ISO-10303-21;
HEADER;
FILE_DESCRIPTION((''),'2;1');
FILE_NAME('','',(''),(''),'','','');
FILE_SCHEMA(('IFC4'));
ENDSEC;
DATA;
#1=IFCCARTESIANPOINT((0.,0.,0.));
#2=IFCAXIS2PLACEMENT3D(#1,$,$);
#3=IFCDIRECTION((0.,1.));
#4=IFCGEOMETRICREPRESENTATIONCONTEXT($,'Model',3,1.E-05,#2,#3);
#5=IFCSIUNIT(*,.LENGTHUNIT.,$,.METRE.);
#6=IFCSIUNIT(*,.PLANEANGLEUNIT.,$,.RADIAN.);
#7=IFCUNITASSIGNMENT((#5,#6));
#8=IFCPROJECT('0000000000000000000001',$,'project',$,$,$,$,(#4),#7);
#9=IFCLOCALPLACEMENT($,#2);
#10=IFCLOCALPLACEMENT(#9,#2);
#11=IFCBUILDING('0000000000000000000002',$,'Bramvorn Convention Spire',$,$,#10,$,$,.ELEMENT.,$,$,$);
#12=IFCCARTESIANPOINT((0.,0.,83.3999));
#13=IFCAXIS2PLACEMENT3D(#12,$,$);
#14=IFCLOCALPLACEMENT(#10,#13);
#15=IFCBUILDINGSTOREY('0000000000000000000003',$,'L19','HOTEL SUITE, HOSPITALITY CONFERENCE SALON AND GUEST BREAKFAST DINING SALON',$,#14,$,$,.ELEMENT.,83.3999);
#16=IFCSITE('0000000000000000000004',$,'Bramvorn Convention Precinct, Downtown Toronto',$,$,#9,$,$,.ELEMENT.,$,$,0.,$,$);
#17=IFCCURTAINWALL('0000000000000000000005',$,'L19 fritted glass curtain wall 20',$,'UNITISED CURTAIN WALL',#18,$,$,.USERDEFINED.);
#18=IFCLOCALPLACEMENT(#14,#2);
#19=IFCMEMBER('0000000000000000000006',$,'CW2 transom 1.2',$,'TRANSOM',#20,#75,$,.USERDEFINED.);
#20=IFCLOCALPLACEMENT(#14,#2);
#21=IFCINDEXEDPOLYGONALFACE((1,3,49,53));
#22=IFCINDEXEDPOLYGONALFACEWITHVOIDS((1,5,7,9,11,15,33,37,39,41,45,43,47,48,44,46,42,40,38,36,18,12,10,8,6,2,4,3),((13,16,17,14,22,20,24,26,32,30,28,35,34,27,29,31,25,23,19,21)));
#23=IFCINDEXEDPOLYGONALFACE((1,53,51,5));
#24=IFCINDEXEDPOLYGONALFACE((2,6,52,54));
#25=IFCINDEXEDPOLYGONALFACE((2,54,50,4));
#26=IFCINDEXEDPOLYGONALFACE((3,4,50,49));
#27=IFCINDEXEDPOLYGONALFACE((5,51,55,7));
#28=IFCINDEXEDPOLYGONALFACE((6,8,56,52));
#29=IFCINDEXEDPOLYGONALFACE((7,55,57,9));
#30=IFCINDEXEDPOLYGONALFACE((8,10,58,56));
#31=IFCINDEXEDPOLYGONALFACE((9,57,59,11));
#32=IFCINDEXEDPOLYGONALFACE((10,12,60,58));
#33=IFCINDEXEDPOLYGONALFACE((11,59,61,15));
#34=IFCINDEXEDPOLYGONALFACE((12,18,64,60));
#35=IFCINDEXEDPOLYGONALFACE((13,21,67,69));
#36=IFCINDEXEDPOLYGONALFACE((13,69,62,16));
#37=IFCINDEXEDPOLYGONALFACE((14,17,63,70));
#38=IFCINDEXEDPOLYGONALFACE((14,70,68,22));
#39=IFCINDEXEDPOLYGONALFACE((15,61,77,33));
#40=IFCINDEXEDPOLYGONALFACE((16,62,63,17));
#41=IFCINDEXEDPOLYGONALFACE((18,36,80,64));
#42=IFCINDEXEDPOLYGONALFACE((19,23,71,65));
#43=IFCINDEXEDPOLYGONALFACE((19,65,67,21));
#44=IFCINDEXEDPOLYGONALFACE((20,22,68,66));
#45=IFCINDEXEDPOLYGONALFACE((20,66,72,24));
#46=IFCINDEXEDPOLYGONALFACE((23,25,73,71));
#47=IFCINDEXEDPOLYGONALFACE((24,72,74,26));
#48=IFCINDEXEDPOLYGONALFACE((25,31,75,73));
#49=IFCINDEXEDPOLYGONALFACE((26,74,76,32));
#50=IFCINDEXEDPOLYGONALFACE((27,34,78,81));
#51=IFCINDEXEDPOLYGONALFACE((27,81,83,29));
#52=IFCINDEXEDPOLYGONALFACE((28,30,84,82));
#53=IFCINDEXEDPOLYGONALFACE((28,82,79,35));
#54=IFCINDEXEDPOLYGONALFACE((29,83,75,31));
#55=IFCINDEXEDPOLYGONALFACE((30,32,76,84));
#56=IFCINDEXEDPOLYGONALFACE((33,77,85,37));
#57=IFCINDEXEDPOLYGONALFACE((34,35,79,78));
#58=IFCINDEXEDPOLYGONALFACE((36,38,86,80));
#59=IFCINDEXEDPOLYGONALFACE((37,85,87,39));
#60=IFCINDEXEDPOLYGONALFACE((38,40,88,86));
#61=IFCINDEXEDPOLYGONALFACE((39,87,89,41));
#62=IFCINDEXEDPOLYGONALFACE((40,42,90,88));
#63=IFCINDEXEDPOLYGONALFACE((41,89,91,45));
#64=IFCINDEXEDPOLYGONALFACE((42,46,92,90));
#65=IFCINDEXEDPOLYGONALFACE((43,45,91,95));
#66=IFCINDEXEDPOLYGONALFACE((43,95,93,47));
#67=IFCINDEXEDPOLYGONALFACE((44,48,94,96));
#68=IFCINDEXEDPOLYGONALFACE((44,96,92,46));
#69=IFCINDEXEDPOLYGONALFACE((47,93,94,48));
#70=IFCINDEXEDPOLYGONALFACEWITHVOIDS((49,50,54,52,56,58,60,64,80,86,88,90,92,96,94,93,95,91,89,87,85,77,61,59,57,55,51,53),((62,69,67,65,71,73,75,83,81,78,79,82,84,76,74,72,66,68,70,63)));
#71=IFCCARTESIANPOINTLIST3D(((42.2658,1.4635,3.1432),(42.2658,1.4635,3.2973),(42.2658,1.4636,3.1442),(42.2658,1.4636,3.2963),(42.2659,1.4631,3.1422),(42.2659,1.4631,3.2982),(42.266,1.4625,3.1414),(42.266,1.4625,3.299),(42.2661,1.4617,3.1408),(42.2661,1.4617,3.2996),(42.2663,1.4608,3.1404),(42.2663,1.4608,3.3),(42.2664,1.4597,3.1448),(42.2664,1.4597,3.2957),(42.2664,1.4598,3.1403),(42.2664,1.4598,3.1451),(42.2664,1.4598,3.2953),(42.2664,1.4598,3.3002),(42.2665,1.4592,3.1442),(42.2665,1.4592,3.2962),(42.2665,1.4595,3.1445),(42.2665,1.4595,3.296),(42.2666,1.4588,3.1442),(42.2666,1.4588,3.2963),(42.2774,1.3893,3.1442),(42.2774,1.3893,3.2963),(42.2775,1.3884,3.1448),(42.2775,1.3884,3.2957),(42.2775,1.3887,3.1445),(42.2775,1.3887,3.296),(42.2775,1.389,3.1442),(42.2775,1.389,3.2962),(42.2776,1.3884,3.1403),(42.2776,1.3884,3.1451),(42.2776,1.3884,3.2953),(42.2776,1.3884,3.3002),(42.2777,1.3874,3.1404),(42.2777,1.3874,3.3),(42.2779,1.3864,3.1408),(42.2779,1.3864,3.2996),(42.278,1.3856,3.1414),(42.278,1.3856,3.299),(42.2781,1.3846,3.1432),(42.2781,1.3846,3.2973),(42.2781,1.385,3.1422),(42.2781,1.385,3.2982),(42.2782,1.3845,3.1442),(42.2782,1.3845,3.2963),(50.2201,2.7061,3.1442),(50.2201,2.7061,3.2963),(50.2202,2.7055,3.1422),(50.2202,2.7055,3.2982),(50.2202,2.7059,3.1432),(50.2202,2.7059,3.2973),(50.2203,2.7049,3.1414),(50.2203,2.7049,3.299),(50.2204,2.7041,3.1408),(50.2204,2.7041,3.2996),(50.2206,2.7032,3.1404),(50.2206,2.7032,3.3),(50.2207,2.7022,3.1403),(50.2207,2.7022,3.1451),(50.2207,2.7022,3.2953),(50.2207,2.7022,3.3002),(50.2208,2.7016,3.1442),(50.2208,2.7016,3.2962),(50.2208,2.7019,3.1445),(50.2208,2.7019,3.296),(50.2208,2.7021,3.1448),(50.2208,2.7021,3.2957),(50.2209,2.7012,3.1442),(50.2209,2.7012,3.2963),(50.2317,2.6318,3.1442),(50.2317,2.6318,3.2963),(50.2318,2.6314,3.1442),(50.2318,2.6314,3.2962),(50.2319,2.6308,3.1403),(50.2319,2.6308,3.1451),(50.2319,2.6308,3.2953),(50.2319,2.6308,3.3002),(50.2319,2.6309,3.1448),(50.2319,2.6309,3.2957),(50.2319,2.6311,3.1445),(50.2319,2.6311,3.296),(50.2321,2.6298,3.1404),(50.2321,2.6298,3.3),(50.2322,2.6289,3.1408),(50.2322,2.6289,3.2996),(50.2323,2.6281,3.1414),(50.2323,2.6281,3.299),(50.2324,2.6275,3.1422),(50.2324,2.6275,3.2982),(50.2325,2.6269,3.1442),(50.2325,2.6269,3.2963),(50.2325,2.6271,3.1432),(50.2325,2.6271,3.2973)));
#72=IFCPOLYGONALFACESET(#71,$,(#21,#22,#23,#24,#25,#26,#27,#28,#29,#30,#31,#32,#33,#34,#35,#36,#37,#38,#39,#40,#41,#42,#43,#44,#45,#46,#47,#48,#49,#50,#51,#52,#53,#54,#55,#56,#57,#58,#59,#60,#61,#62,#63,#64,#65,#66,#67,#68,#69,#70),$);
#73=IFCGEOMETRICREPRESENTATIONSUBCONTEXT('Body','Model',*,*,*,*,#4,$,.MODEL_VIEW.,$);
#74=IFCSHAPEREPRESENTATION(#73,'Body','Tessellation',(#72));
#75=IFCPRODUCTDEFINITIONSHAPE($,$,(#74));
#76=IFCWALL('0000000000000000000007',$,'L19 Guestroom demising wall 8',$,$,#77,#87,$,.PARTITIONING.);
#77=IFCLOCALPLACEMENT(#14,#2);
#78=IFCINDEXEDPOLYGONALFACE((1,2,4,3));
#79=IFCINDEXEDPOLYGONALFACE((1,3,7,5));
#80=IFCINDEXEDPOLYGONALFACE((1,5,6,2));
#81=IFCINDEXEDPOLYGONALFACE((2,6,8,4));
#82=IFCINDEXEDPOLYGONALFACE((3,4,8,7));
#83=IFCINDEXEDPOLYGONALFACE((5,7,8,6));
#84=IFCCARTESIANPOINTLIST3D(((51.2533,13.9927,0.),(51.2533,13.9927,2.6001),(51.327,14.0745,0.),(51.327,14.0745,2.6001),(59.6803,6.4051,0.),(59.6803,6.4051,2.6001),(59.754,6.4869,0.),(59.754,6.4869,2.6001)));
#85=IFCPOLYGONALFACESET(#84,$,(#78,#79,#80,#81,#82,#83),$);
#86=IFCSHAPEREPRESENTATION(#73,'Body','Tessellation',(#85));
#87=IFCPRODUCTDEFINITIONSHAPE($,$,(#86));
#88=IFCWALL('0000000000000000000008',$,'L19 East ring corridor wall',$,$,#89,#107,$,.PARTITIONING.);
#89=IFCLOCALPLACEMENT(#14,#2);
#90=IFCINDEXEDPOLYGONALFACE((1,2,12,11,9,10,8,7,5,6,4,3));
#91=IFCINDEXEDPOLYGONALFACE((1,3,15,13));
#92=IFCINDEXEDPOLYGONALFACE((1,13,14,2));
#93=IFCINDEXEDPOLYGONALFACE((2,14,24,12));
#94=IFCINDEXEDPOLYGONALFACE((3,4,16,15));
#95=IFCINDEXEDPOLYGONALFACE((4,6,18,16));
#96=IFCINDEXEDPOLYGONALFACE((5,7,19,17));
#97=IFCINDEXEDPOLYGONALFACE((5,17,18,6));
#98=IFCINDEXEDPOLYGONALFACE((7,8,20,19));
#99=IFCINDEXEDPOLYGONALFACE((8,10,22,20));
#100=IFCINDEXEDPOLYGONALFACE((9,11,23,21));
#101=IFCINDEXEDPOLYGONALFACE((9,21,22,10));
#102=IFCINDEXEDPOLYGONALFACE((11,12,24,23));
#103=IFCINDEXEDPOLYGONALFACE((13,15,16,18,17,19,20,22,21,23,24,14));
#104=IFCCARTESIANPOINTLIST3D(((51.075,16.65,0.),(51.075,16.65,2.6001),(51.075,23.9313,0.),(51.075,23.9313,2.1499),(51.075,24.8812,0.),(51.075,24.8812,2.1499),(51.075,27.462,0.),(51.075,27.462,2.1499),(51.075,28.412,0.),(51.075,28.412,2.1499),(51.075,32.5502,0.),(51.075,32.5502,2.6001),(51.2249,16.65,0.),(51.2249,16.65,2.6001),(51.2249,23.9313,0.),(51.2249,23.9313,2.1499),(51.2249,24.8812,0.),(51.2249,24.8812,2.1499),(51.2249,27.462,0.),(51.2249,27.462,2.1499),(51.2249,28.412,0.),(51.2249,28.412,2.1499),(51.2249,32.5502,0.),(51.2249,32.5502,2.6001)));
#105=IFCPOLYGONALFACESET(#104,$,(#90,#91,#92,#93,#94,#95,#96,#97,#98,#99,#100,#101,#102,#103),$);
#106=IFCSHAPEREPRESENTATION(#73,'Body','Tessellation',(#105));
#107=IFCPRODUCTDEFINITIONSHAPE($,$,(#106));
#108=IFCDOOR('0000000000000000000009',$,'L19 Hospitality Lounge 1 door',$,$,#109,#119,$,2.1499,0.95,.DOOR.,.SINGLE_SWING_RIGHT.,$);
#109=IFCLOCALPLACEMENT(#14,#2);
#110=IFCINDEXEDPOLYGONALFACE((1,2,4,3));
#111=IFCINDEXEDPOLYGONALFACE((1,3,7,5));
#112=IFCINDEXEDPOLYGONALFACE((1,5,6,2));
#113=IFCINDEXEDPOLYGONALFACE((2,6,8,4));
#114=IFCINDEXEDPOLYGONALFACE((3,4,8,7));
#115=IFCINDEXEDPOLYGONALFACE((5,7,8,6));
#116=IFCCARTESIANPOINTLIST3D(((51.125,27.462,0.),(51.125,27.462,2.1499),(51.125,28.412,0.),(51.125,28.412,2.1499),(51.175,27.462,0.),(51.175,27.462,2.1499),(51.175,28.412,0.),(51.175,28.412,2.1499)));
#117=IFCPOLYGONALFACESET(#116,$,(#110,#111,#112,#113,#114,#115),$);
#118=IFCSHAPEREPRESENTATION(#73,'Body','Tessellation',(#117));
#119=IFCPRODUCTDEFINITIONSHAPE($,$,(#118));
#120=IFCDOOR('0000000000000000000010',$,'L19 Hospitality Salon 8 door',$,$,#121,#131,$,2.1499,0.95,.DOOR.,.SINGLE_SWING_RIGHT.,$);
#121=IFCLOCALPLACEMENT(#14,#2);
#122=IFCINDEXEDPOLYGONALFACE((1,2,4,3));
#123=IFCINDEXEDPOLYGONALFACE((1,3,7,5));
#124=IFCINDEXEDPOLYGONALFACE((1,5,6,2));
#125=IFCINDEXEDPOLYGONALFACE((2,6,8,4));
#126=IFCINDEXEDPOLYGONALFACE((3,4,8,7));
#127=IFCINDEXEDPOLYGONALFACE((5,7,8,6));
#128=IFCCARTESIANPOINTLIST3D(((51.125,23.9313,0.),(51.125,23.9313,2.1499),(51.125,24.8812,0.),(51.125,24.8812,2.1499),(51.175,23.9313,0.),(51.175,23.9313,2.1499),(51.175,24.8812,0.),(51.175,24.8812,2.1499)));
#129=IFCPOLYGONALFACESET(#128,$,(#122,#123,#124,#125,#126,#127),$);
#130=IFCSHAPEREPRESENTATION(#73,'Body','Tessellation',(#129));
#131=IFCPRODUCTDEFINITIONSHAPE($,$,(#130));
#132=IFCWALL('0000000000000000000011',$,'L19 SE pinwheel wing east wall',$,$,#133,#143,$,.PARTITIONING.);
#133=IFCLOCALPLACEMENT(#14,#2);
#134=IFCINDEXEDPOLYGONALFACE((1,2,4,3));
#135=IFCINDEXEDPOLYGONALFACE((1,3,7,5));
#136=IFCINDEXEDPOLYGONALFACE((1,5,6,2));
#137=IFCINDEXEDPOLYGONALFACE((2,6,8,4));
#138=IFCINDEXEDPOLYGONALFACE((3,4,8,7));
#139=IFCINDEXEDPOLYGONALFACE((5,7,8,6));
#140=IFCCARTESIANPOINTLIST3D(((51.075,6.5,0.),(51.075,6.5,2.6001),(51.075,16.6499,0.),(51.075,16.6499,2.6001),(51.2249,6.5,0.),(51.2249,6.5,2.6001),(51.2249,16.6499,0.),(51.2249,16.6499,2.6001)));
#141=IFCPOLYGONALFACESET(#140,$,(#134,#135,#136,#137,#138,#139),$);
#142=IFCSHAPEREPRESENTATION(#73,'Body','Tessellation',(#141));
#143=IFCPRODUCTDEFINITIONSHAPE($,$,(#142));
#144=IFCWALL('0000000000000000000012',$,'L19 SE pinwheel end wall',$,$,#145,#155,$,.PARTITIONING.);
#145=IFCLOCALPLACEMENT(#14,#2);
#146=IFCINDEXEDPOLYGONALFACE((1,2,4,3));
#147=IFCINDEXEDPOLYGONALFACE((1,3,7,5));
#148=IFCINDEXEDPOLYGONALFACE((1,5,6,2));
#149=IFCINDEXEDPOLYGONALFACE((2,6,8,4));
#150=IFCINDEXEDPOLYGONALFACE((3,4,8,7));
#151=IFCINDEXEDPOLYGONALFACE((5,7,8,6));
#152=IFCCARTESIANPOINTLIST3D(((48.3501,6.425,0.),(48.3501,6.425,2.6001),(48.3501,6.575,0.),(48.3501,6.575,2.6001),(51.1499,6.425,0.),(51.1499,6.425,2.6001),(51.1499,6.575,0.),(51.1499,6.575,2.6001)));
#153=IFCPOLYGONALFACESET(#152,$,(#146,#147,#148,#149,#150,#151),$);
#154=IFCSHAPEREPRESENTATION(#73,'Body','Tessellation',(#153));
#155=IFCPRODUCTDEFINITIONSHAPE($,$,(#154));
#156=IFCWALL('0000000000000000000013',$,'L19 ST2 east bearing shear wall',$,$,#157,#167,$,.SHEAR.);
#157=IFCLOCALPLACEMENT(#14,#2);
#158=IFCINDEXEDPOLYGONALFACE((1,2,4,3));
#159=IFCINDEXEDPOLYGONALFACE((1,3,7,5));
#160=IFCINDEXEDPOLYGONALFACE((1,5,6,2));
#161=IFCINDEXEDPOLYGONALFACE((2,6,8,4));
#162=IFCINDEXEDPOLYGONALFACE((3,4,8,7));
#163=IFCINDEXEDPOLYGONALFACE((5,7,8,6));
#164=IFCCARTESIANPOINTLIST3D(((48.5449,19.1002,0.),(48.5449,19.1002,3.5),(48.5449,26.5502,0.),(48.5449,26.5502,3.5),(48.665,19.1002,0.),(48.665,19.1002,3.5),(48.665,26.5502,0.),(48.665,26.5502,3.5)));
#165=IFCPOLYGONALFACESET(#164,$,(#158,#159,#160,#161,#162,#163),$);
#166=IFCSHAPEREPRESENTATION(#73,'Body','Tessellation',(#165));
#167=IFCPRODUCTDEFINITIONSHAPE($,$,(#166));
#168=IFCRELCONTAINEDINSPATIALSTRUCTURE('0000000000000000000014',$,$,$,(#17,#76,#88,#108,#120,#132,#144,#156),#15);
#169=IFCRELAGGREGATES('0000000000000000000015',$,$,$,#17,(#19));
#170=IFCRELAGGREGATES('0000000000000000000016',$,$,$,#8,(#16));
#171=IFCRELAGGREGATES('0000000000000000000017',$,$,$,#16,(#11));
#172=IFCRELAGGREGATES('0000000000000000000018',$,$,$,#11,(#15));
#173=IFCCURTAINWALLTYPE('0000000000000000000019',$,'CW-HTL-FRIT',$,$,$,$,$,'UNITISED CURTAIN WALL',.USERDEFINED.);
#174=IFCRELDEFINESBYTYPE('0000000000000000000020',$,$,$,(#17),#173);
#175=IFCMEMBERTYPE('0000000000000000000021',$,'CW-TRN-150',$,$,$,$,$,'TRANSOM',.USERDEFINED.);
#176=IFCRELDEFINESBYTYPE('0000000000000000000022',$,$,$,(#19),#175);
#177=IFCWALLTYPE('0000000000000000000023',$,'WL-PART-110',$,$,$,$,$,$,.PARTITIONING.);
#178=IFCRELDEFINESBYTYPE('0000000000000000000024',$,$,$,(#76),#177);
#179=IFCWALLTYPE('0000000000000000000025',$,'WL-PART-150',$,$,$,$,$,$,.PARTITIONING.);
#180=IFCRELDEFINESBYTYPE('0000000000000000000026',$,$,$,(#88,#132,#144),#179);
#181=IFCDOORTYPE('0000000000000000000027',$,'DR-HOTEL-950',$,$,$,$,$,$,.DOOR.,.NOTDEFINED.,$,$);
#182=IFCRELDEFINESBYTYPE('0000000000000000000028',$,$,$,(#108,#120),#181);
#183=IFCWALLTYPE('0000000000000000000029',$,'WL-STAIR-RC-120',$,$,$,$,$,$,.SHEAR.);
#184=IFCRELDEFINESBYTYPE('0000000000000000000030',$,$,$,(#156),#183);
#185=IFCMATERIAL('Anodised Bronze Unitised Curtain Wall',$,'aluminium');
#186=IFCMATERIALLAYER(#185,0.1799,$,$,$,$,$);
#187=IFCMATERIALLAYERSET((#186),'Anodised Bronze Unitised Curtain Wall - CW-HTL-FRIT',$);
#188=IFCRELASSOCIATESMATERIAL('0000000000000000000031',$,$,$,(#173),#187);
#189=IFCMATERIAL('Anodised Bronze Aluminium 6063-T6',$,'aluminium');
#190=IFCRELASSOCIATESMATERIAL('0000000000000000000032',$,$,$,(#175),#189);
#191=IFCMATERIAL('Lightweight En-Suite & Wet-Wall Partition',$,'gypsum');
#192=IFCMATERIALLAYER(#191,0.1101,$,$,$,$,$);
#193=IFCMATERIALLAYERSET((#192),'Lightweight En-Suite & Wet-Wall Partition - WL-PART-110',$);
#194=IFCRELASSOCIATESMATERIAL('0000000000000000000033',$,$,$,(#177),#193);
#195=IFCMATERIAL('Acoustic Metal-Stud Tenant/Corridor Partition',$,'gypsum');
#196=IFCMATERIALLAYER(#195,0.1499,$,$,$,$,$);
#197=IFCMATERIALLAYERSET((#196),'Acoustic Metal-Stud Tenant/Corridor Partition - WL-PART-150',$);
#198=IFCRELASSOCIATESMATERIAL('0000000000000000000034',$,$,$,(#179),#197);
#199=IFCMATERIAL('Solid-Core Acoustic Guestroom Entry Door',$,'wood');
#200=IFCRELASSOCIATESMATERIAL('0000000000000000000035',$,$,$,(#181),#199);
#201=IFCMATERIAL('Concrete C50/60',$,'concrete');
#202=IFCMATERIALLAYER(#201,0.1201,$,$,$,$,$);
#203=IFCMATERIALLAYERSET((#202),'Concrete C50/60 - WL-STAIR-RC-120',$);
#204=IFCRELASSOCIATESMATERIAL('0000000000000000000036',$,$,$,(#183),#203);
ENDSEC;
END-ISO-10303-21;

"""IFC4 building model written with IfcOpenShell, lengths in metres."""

from ifc_helpers import new_model, si_unit, direction, frame, frame_2d, origin, origin_2d, place, context, subcontext, project, spatial, rectangle, hollow_rectangle, extrude, material, layer, layer_set, material_profile, profile_set, type_object, element, fill, aggregate, save


model = new_model("IFC4")

# Units and contexts
model_context = context("Model", 3, precision=1e-05, world=origin(), true_north=direction((0.0, 1.0)))
body_context = subcontext(model_context, "Body", "Model", "MODEL_VIEW")
ifc_project = project(units=[si_unit("LENGTHUNIT", "METRE"), si_unit("PLANEANGLEUNIT", "RADIAN")], contexts=[model_context])

# Site, building, storey
site_placement = place(None, origin())
site = spatial("IfcSite", under=ifc_project, at=site_placement, Name="Bramvorn Convention Precinct, Downtown Toronto", CompositionType="ELEMENT", RefElevation=0.0)
building_placement = place(site_placement, origin())
building = spatial("IfcBuilding", under=site, at=building_placement, Name="Bramvorn Convention Spire", CompositionType="ELEMENT")
storey_placement = place(building_placement, frame((0.0, 0.0, 83.3999)))
storey = spatial("IfcBuildingStorey", under=building, at=storey_placement, Name="L19", Description="HOTEL SUITE, HOSPITALITY CONFERENCE SALON AND GUEST BREAKFAST DINING SALON", CompositionType="ELEMENT", Elevation=83.3999)

# Curtain wall, member
ifc_material_1 = material(Name="Anodised Bronze Unitised Curtain Wall", Category="aluminium")
ifc_layer_1 = layer(ifc_material_1, 0.1799)
ifc_layer_set_1 = layer_set([ifc_layer_1], Name="Anodised Bronze Unitised Curtain Wall - CW-HTL-FRIT")
curtain_wall_type = type_object("IfcCurtainWallType", Name="CW-HTL-FRIT", ElementType="UNITISED CURTAIN WALL", PredefinedType="USERDEFINED", material=ifc_layer_set_1)
curtain_wall_placement = place(storey_placement, origin())
curtain_wall = element("IfcCurtainWall", 1, at=curtain_wall_placement, inside=storey, type_object=curtain_wall_type, Name="L19 fritted glass curtain wall 20", ObjectType="UNITISED CURTAIN WALL", PredefinedType="USERDEFINED")
ifc_material_2 = material(Name="Anodised Bronze Aluminium 6063-T6", Category="aluminium")
ifc_material_profile_1 = material_profile(ifc_material_2, hollow_rectangle(XDim=0.0801, YDim=0.1599, WallThickness=0.0039, InnerFilletRadius=0.001, OuterFilletRadius=0.0039, at=origin_2d()))
ifc_profile_set_1 = profile_set([ifc_material_profile_1], Name="Anodised Bronze Aluminium 6063-T6 - CWT80X160")
member_type_1 = type_object("IfcMemberType", Name="CW-TRN-150", ElementType="TRANSOM", PredefinedType="USERDEFINED", material=ifc_profile_set_1)
member_1_placement = place(storey_placement, frame((50.2263, 2.6665, 3.2202), z_axis=(-0.98802, -0.154324, 0.0), x_axis=(0.154324, -0.98802, 0.0)))
member_1 = element("IfcMember", 2, at=member_1_placement, type_object=member_type_1, Name="CW2 transom 1.2", ObjectType="TRANSOM", PredefinedType="USERDEFINED", context=body_context, shape_type="SweptSolid", body=[
    extrude(hollow_rectangle(XDim=0.0801, YDim=0.1599, WallThickness=0.0039, InnerFilletRadius=0.001, OuterFilletRadius=0.0039, at=origin_2d()), origin(), (0.0, 0.0, 1.0), 8.0508),
])
aggregate(curtain_wall, [member_1])

# Wall
ifc_material_3 = material(Name="Lightweight En-Suite & Wet-Wall Partition", Category="gypsum")
ifc_layer_2 = layer(ifc_material_3, 0.1101)
ifc_layer_set_2 = layer_set([ifc_layer_2], Name="Lightweight En-Suite & Wet-Wall Partition - WL-PART-110")
wall_type_1 = type_object("IfcWallType", Name="WL-PART-110", PredefinedType="PARTITIONING", material=ifc_layer_set_2)
wall_1_placement = place(storey_placement, frame((51.29, 14.0337, 0.0), z_axis=(0.0, 0.0, 1.0), x_axis=(0.743147, -0.669128, 0.0)))
element("IfcWall", 3, at=wall_1_placement, inside=storey, type_object=wall_type_1, Name="L19 Guestroom demising wall 8", PredefinedType="PARTITIONING", context=body_context, shape_type="SweptSolid", body=[
    extrude(rectangle(XDim=11.3396, YDim=0.1101, at=frame_2d((5.6699, 0.0))), origin(), (0.0, 0.0, 1.0), 2.6001),
])

# Wall, openings, doors
ifc_material_4 = material(Name="Acoustic Metal-Stud Tenant/Corridor Partition", Category="gypsum")
ifc_layer_3 = layer(ifc_material_4, 0.1499)
ifc_layer_set_3 = layer_set([ifc_layer_3], Name="Acoustic Metal-Stud Tenant/Corridor Partition - WL-PART-150")
wall_type_2 = type_object("IfcWallType", Name="WL-PART-150", PredefinedType="PARTITIONING", material=ifc_layer_set_3)
wall_2_placement = place(storey_placement, frame((51.1499, 16.6499, 0.0), z_axis=(0.0, 0.0, 1.0), x_axis=(0.0, 1.0, 0.0)))
wall_2 = element("IfcWall", 4, at=wall_2_placement, inside=storey, type_object=wall_type_2, Name="L19 East ring corridor wall", PredefinedType="PARTITIONING", context=body_context, shape_type="SweptSolid", body=[
    extrude(rectangle(XDim=15.9001, YDim=0.1499, at=frame_2d((7.9502, 0.0))), origin(), (0.0, 0.0, 1.0), 2.6001),
])
opening_1_placement = place(wall_2_placement, frame((10.812, 0.0, 0.0)))
opening_1 = element("IfcOpeningElement", 5, at=opening_1_placement, cuts=wall_2, PredefinedType="OPENING", context=body_context, shape_type="SweptSolid", body=[
    extrude(rectangle(XDim=0.95, YDim=2.1499, at=frame_2d((0.4751, 1.075))), frame((0.0, 0.085, 0.0), z_axis=(0.0, -1.0, 0.0), x_axis=(1.0, 0.0, 0.0)), (0.0, 0.0, 1.0), 0.1699),
])
opening_2_placement = place(wall_2_placement, frame((7.2812, 0.0, 0.0)))
opening_2 = element("IfcOpeningElement", 6, at=opening_2_placement, cuts=wall_2, PredefinedType="OPENING", context=body_context, shape_type="SweptSolid", body=[
    extrude(rectangle(XDim=0.95, YDim=2.1499, at=frame_2d((0.4751, 1.075))), frame((0.0, 0.085, 0.0), z_axis=(0.0, -1.0, 0.0), x_axis=(1.0, 0.0, 0.0)), (0.0, 0.0, 1.0), 0.1699),
])
ifc_material_5 = material(Name="Solid-Core Acoustic Guestroom Entry Door", Category="wood")
door_type_1 = type_object("IfcDoorType", Name="DR-HOTEL-950", OperationType="NOTDEFINED", PredefinedType="DOOR", material=ifc_material_5)
door_1_placement = place(opening_1_placement, origin())
door_1 = element("IfcDoor", 7, at=door_1_placement, inside=storey, type_object=door_type_1, Name="L19 Hospitality Lounge 1 door", OperationType="SINGLE_SWING_RIGHT", OverallHeight=2.1499, OverallWidth=0.95, PredefinedType="DOOR", context=body_context, shape_type="SweptSolid", body=[
    extrude(rectangle(XDim=0.95, YDim=2.1499, at=frame_2d((0.4751, 1.075))), frame((0.0, 0.0249, 0.0), z_axis=(0.0, -1.0, 0.0), x_axis=(1.0, 0.0, 0.0)), (0.0, 0.0, 1.0), 0.05),
])
fill(opening_1, door_1)
door_2_placement = place(opening_2_placement, origin())
door_2 = element("IfcDoor", 8, at=door_2_placement, inside=storey, type_object=door_type_1, Name="L19 Hospitality Salon 8 door", OperationType="SINGLE_SWING_RIGHT", OverallHeight=2.1499, OverallWidth=0.95, PredefinedType="DOOR", context=body_context, shape_type="SweptSolid", body=[
    extrude(rectangle(XDim=0.95, YDim=2.1499, at=frame_2d((0.4751, 1.075))), frame((0.0, 0.0249, 0.0), z_axis=(0.0, -1.0, 0.0), x_axis=(1.0, 0.0, 0.0)), (0.0, 0.0, 1.0), 0.05),
])
fill(opening_2, door_2)

# Walls
wall_3_placement = place(storey_placement, frame((51.1499, 6.5, 0.0), z_axis=(0.0, 0.0, 1.0), x_axis=(0.0, 1.0, 0.0)))
element("IfcWall", 9, at=wall_3_placement, inside=storey, type_object=wall_type_2, Name="L19 SE pinwheel wing east wall", PredefinedType="PARTITIONING", context=body_context, shape_type="SweptSolid", body=[
    extrude(rectangle(XDim=10.1499, YDim=0.1499, at=frame_2d((5.075, 0.0))), origin(), (0.0, 0.0, 1.0), 2.6001),
])
wall_4_placement = place(storey_placement, frame((48.3501, 6.5, 0.0), z_axis=(0.0, 0.0, 1.0), x_axis=(1.0, 0.0, 0.0)))
element("IfcWall", 10, at=wall_4_placement, inside=storey, type_object=wall_type_2, Name="L19 SE pinwheel end wall", PredefinedType="PARTITIONING", context=body_context, shape_type="SweptSolid", body=[
    extrude(rectangle(XDim=2.7998, YDim=0.1499, at=frame_2d((1.3999, 0.0))), origin(), (0.0, 0.0, 1.0), 2.6001),
])
ifc_material_6 = material(Name="Concrete C50/60", Category="concrete")
ifc_layer_4 = layer(ifc_material_6, 0.1201)
ifc_layer_set_4 = layer_set([ifc_layer_4], Name="Concrete C50/60 - WL-STAIR-RC-120")
wall_type_3 = type_object("IfcWallType", Name="WL-STAIR-RC-120", PredefinedType="SHEAR", material=ifc_layer_set_4)
wall_5_placement = place(storey_placement, frame((48.605, 19.1001, 0.0), z_axis=(0.0, 0.0, 1.0), x_axis=(0.0, 1.0, 0.0)))
element("IfcWall", 11, at=wall_5_placement, inside=storey, type_object=wall_type_3, Name="L19 ST2 east bearing shear wall", PredefinedType="SHEAR", context=body_context, shape_type="SweptSolid", body=[
    extrude(rectangle(XDim=7.45, YDim=0.1201, at=frame_2d((3.7251, 0.0))), origin(), (0.0, 0.0, 1.0), 3.5),
])

save(model, "model.ifc")
